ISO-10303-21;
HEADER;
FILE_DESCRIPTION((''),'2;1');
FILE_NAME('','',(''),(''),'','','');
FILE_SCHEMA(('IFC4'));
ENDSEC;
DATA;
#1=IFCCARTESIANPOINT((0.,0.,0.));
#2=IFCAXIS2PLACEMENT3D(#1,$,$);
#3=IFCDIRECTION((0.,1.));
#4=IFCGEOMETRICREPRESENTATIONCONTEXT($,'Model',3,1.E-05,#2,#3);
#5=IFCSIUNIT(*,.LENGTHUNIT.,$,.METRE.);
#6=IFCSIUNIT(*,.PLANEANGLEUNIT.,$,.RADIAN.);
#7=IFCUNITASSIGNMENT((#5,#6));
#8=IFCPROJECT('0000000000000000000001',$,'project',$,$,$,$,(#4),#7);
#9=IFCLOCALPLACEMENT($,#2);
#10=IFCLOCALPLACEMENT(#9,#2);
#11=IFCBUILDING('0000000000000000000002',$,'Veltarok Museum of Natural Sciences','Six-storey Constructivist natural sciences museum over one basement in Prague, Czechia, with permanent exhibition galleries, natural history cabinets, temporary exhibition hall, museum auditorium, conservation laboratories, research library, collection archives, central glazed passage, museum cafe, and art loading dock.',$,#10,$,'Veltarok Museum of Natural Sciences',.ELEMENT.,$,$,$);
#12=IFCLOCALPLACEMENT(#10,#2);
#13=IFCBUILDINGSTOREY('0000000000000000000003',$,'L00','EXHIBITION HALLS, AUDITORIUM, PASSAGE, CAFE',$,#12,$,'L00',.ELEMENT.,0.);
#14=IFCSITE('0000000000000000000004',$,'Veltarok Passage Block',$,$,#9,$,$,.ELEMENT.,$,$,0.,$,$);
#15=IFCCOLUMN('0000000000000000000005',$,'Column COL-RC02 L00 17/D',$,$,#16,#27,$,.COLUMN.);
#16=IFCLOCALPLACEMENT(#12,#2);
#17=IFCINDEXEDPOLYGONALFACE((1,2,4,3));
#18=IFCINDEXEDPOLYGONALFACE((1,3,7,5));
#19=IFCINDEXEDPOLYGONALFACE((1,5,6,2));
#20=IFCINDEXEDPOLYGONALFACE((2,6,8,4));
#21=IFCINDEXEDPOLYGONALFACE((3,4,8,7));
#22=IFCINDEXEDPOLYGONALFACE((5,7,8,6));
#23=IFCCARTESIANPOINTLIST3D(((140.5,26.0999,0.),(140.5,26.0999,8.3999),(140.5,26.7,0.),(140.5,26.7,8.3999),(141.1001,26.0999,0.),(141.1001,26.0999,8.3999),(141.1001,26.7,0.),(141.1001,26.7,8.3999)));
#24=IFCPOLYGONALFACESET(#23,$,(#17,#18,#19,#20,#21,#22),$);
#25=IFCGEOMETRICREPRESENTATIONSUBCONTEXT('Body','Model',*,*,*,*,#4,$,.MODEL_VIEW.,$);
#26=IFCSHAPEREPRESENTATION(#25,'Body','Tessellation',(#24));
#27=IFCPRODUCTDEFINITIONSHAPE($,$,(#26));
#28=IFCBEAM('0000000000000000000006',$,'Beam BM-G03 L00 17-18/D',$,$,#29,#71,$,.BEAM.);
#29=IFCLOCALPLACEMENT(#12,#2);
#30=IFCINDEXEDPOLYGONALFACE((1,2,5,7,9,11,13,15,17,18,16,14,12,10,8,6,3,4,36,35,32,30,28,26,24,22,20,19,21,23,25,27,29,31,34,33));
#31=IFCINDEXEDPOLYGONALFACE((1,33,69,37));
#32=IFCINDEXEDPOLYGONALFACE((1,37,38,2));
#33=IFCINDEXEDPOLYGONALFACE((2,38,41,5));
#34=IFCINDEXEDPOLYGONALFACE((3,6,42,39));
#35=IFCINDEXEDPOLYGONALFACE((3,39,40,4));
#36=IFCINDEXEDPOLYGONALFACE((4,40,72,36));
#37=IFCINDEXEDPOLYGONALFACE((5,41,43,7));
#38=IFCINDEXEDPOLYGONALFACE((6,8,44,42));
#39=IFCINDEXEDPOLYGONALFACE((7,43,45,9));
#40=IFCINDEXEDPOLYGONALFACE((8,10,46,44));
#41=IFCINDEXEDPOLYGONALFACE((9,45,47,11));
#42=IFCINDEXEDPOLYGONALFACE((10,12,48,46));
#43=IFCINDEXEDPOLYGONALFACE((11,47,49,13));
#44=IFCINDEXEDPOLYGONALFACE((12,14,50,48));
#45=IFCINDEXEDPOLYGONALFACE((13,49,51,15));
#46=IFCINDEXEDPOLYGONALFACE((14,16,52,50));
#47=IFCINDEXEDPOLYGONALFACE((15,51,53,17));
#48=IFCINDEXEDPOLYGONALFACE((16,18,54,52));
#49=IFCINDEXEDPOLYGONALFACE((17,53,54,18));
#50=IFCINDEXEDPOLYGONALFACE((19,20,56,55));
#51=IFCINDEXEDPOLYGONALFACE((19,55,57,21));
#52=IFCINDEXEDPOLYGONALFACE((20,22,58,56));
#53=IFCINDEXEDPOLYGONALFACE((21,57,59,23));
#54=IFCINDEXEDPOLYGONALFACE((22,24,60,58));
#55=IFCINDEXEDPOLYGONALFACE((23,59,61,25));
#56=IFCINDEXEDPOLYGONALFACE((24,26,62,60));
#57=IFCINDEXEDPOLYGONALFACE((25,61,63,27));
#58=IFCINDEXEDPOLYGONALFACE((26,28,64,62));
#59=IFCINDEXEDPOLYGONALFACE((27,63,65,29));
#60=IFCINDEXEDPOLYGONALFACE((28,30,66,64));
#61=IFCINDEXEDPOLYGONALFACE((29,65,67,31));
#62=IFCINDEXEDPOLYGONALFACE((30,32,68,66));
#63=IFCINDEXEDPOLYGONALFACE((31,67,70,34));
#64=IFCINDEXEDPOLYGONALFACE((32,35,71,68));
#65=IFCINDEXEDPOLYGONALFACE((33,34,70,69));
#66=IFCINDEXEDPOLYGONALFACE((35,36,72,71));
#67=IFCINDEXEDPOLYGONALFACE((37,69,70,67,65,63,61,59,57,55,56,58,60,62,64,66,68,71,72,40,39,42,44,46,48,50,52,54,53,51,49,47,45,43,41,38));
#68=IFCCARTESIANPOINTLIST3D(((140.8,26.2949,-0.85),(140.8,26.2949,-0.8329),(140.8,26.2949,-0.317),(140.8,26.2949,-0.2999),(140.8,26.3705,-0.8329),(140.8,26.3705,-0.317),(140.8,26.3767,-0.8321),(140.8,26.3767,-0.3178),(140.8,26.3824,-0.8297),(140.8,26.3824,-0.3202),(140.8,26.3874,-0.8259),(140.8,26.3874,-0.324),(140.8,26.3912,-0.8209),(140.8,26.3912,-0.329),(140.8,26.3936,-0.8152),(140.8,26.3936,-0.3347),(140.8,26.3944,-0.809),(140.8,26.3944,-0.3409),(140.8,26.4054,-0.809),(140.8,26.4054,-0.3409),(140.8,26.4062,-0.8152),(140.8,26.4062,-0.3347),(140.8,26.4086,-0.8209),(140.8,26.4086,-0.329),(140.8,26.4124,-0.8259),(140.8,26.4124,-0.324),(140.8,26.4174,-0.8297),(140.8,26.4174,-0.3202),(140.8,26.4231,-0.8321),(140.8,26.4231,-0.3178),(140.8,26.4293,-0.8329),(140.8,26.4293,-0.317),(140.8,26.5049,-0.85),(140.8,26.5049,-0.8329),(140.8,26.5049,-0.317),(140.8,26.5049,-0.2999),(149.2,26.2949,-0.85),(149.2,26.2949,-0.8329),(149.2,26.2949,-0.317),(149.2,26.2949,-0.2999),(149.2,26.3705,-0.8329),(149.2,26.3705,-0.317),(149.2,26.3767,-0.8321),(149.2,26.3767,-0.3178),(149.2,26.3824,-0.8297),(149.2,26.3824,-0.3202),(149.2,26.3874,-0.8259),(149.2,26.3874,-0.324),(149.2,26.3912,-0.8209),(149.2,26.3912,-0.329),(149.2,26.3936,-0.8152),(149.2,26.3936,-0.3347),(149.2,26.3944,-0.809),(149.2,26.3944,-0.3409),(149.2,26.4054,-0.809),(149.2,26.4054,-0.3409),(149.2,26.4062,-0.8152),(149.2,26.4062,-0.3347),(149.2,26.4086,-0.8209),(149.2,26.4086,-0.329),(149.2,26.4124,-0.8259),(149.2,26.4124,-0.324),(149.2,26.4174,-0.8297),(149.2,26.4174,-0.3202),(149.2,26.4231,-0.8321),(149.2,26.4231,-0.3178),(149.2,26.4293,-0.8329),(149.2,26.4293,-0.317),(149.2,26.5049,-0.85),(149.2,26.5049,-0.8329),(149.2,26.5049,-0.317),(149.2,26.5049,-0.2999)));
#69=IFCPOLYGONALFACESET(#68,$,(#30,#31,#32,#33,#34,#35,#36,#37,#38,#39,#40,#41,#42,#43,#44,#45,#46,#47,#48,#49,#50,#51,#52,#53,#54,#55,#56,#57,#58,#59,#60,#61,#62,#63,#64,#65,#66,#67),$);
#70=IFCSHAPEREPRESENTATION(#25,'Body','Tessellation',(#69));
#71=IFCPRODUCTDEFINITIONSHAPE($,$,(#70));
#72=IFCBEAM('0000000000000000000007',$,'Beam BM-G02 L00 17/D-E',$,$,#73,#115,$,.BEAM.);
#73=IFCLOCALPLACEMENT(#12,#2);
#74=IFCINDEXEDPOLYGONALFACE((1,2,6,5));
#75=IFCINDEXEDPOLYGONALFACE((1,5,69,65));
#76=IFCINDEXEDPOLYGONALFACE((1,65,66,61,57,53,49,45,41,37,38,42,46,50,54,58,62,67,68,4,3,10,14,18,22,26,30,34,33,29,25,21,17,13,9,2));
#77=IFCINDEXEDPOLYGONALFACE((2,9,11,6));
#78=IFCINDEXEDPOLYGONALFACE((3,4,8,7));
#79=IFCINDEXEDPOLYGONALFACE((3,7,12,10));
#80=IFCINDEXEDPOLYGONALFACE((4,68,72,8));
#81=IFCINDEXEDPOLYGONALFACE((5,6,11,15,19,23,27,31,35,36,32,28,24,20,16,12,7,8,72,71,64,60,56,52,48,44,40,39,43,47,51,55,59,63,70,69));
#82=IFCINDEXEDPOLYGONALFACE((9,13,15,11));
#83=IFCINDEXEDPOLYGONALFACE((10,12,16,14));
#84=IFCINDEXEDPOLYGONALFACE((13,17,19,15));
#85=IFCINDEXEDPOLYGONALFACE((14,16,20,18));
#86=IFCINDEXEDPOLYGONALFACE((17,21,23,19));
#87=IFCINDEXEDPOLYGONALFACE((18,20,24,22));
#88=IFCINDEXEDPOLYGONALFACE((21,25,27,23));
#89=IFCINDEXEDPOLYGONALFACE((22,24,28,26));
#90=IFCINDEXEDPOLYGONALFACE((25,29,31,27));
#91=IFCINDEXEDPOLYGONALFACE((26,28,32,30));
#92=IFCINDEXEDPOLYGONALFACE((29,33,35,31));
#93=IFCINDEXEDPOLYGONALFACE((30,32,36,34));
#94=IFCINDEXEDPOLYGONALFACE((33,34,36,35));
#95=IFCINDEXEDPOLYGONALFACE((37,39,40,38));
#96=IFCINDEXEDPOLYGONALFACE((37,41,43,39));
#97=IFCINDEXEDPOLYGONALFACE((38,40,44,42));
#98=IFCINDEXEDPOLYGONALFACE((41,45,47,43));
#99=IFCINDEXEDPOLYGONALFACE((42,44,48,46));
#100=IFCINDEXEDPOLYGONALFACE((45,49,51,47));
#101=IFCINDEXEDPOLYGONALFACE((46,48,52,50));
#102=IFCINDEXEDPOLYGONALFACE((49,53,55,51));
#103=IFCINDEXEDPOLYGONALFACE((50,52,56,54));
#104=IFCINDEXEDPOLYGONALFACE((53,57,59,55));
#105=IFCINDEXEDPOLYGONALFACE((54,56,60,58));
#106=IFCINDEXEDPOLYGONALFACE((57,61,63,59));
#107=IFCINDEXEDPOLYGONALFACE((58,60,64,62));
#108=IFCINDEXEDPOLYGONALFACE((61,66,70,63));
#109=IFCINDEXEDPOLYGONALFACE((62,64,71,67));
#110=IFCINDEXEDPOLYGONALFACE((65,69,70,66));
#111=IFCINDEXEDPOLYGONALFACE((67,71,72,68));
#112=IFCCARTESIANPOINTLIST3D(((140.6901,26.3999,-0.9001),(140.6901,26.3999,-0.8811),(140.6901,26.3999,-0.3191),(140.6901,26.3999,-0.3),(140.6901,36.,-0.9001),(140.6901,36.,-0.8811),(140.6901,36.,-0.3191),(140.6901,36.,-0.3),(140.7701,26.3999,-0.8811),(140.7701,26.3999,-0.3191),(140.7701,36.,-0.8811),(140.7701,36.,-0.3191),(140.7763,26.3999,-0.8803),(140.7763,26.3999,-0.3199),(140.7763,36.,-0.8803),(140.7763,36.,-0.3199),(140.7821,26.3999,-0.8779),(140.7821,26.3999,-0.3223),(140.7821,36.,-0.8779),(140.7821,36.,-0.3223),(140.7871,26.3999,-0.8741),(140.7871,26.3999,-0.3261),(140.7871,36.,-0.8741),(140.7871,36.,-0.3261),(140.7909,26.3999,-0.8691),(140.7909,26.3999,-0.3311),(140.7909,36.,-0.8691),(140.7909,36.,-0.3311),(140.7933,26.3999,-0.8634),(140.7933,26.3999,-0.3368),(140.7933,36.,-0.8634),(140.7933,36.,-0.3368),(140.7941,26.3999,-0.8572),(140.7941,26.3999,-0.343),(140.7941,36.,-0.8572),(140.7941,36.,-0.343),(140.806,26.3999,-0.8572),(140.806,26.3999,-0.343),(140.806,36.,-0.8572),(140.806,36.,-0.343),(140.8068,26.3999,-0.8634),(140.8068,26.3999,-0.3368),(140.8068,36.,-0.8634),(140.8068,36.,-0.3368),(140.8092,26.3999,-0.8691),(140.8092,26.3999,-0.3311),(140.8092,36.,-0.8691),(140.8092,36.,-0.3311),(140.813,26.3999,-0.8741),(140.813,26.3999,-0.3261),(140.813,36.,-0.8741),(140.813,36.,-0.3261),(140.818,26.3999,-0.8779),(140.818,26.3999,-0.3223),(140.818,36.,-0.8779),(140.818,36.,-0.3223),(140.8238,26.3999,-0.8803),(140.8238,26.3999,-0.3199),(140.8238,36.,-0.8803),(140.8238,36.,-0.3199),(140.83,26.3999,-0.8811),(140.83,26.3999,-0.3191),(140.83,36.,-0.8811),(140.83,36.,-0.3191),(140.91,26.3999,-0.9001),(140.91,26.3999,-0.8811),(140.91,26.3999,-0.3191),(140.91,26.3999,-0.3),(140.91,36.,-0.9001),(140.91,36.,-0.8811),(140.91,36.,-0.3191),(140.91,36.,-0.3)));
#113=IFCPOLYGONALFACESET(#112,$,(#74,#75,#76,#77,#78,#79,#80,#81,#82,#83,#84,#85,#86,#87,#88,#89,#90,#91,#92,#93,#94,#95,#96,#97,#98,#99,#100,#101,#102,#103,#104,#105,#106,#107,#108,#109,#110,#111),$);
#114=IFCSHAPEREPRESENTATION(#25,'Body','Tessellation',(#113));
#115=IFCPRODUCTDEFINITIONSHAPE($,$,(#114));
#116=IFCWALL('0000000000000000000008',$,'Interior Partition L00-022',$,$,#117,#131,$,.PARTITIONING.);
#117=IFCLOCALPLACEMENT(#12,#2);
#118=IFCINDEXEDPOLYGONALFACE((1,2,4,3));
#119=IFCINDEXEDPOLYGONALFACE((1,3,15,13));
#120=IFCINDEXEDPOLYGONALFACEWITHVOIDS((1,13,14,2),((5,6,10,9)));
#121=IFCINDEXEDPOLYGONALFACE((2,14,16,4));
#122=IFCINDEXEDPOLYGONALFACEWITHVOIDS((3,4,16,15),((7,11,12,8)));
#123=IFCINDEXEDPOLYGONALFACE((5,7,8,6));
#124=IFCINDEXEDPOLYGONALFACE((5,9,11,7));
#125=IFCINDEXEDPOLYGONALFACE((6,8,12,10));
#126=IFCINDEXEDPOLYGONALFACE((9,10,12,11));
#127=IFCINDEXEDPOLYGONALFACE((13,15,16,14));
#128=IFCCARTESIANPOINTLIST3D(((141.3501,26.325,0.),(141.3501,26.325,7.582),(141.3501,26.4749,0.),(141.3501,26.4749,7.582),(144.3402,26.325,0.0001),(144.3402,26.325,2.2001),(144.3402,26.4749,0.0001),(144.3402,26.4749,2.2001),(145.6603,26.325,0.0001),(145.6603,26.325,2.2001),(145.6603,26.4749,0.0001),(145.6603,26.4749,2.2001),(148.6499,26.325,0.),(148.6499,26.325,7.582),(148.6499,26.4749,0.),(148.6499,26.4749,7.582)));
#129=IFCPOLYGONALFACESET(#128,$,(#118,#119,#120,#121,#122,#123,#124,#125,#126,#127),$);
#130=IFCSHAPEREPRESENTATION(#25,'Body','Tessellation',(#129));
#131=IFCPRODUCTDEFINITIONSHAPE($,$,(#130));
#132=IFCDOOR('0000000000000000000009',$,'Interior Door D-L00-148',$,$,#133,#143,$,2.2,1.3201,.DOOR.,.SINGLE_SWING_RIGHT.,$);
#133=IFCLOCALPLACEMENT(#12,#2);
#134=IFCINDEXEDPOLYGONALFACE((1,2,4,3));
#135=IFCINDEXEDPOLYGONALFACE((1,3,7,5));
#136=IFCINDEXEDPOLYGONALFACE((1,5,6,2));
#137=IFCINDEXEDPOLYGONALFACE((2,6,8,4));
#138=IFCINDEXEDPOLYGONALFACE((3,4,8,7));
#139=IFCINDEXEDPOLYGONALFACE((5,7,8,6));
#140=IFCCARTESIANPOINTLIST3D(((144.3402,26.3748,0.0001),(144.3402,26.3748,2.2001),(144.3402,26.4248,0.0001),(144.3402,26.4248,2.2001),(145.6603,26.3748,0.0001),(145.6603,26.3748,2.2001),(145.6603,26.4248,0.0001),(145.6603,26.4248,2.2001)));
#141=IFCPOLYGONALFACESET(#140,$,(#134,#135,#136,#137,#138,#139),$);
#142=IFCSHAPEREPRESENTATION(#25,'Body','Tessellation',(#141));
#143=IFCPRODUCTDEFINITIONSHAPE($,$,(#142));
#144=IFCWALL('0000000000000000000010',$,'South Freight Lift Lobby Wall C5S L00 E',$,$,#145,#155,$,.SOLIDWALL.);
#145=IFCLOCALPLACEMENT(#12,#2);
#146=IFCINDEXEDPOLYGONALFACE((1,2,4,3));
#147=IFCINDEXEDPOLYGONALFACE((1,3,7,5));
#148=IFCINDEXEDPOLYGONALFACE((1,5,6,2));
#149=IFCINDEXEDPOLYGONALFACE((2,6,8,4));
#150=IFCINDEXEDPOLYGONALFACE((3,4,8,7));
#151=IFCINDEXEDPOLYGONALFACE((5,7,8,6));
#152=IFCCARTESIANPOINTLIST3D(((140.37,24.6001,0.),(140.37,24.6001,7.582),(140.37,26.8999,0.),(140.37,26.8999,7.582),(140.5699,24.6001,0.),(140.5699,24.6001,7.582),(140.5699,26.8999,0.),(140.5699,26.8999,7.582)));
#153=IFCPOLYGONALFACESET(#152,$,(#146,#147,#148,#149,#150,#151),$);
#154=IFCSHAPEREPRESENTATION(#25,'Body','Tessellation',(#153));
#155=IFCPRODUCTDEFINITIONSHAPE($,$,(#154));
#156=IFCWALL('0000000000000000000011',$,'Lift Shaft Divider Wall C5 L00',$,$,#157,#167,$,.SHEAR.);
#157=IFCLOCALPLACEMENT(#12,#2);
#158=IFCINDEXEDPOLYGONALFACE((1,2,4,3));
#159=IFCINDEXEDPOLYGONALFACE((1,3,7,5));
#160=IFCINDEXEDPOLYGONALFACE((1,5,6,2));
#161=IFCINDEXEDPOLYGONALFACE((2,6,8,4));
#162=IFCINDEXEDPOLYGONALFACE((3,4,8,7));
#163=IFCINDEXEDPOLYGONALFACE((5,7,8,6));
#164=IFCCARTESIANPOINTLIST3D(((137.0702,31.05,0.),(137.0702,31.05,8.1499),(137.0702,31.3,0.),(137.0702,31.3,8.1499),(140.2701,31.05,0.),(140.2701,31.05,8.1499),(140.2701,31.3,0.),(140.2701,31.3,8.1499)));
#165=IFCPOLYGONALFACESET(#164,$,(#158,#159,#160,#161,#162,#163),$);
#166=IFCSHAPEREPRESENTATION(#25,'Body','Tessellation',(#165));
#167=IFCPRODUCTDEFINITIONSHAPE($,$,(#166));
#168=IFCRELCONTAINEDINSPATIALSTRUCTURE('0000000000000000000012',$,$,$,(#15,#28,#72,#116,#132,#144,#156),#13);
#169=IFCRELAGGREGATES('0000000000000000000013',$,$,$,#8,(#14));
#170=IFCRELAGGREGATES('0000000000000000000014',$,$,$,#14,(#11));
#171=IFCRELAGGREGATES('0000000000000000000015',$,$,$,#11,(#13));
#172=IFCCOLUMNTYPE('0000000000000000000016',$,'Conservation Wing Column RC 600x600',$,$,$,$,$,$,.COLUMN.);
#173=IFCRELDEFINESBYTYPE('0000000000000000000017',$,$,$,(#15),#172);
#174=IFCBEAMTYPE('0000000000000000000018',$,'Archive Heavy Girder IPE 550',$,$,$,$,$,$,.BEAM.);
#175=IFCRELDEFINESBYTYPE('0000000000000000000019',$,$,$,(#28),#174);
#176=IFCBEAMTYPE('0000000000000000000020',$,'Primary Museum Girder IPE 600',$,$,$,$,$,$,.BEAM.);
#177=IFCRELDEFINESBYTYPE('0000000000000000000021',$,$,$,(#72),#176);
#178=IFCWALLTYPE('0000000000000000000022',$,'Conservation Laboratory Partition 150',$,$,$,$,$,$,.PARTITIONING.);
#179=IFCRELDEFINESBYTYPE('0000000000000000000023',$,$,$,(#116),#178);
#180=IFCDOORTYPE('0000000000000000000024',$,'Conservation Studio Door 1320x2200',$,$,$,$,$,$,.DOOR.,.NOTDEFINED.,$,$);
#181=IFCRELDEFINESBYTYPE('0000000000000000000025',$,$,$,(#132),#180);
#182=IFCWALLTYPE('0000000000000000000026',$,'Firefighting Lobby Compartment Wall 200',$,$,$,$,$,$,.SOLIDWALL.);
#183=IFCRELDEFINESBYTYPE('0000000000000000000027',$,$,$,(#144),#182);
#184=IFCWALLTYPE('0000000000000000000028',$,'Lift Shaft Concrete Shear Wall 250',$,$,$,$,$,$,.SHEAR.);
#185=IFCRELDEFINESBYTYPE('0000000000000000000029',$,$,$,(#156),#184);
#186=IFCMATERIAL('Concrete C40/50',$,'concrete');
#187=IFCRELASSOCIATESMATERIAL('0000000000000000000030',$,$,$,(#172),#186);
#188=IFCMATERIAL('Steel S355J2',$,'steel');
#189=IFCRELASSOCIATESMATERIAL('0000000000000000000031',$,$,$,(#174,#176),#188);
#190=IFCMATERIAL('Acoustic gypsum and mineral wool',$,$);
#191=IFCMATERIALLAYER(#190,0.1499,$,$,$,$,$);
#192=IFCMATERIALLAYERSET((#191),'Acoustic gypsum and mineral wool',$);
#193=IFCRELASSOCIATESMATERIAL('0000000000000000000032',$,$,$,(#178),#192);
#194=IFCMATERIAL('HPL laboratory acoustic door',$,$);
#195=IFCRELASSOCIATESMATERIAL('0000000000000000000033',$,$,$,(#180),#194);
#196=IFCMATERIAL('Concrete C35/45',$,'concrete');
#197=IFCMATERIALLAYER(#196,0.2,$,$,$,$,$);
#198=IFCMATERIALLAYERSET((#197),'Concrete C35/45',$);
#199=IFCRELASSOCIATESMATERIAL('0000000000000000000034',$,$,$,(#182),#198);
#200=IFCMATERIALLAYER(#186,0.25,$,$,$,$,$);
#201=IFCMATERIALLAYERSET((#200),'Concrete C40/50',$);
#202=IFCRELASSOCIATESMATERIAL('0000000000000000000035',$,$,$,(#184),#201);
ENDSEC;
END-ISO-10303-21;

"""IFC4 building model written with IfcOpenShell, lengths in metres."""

from ifc_helpers import new_model, si_unit, direction, frame, frame_2d, origin, origin_2d, place, context, subcontext, project, spatial, rectangle, i_section, extrude, material, layer, layer_set, material_profile, profile_set, type_object, element, fill, save


model = new_model("IFC4")

# Units and contexts
model_context = context("Model", 3, precision=1e-05, world=origin(), true_north=direction((0.0, 1.0)))
body_context = subcontext(model_context, "Body", "Model", "MODEL_VIEW")
ifc_project = project(units=[si_unit("LENGTHUNIT", "METRE"), si_unit("PLANEANGLEUNIT", "RADIAN")], contexts=[model_context])

# Site, building, storey
site_placement = place(None, origin())
site = spatial("IfcSite", under=ifc_project, at=site_placement, Name="Veltarok Passage Block", CompositionType="ELEMENT", RefElevation=0.0)
building_placement = place(site_placement, origin())
building = spatial("IfcBuilding", under=site, at=building_placement, Name="Veltarok Museum of Natural Sciences", Description="Six-storey Constructivist natural sciences museum over one basement in Prague, Czechia, with permanent exhibition galleries, natural history cabinets, temporary exhibition hall, museum auditorium, conservation laboratories, research library, collection archives, central glazed passage, museum cafe, and art loading dock.", LongName="Veltarok Museum of Natural Sciences", CompositionType="ELEMENT")
storey_placement = place(building_placement, origin())
storey = spatial("IfcBuildingStorey", under=building, at=storey_placement, Name="L00", Description="EXHIBITION HALLS, AUDITORIUM, PASSAGE, CAFE", LongName="L00", CompositionType="ELEMENT", Elevation=0.0)

# Column
ifc_material_1 = material(Name="Concrete C40/50", Category="concrete")
ifc_material_profile_1 = material_profile(ifc_material_1, rectangle(XDim=0.6001, YDim=0.6001, at=origin_2d()), Name="RC 600x600")
ifc_profile_set_1 = profile_set([ifc_material_profile_1], Name="Concrete C40/50")
column_type = type_object("IfcColumnType", Name="Conservation Wing Column RC 600x600", PredefinedType="COLUMN", material=ifc_profile_set_1)
column_placement = place(storey_placement, frame((140.8, 26.3999, 0.0), z_axis=(0.0, 0.0, 1.0), x_axis=(1.0, 0.0, 0.0)))
element("IfcColumn", 1, at=column_placement, inside=storey, type_object=column_type, Name="Column COL-RC02 L00 17/D", PredefinedType="COLUMN", context=body_context, shape_type="SweptSolid", body=[
    extrude(rectangle(XDim=0.6001, YDim=0.6001, at=origin_2d()), origin(), (0.0, 0.0, 1.0), 8.3999),
])

# Beams
ifc_material_2 = material(Name="Steel S355J2", Category="steel")
ifc_material_profile_2 = material_profile(ifc_material_2, i_section(OverallWidth=0.21, OverallDepth=0.55, WebThickness=0.011, FlangeThickness=0.0171, FilletRadius=0.0239, at=origin_2d()), Name="IPE 550")
ifc_profile_set_2 = profile_set([ifc_material_profile_2], Name="Steel S355J2")
beam_type_1 = type_object("IfcBeamType", Name="Archive Heavy Girder IPE 550", PredefinedType="BEAM", material=ifc_profile_set_2)
beam_1_placement = place(storey_placement, frame((140.8, 26.3999, -0.575), z_axis=(1.0, 0.0, 0.0), x_axis=(0.0, 1.0, 0.0)))
element("IfcBeam", 2, at=beam_1_placement, inside=storey, type_object=beam_type_1, Name="Beam BM-G03 L00 17-18/D", PredefinedType="BEAM", context=body_context, shape_type="SweptSolid", body=[
    extrude(i_section(OverallWidth=0.21, OverallDepth=0.55, WebThickness=0.011, FlangeThickness=0.0171, FilletRadius=0.0239, at=origin_2d()), origin(), (0.0, 0.0, 1.0), 8.3999),
])
ifc_material_profile_3 = material_profile(ifc_material_2, i_section(OverallWidth=0.22, OverallDepth=0.6001, WebThickness=0.012, FlangeThickness=0.019, FilletRadius=0.0239, at=origin_2d()), Name="IPE 600")
ifc_profile_set_3 = profile_set([ifc_material_profile_3], Name="Steel S355J2")
beam_type_2 = type_object("IfcBeamType", Name="Primary Museum Girder IPE 600", PredefinedType="BEAM", material=ifc_profile_set_3)
beam_2_placement = place(storey_placement, frame((140.8, 26.3999, -0.6001), z_axis=(0.0, 1.0, 0.0), x_axis=(-1.0, 0.0, 0.0)))
element("IfcBeam", 3, at=beam_2_placement, inside=storey, type_object=beam_type_2, Name="Beam BM-G02 L00 17/D-E", PredefinedType="BEAM", context=body_context, shape_type="SweptSolid", body=[
    extrude(i_section(OverallWidth=0.22, OverallDepth=0.6001, WebThickness=0.012, FlangeThickness=0.019, FilletRadius=0.0239, at=origin_2d()), origin(), (0.0, 0.0, 1.0), 9.6001),
])

# Wall, opening, door
ifc_material_3 = material(Name="Acoustic gypsum and mineral wool")
ifc_layer_1 = layer(ifc_material_3, 0.1499)
ifc_layer_set_1 = layer_set([ifc_layer_1], Name="Acoustic gypsum and mineral wool")
wall_type_1 = type_object("IfcWallType", Name="Conservation Laboratory Partition 150", PredefinedType="PARTITIONING", material=ifc_layer_set_1)
wall_1_placement = place(storey_placement, frame((141.3501, 26.3999, 0.0), z_axis=(0.0, 0.0, 1.0), x_axis=(1.0, 0.0, 0.0)))
wall_1 = element("IfcWall", 4, at=wall_1_placement, inside=storey, type_object=wall_type_1, Name="Interior Partition L00-022", PredefinedType="PARTITIONING", context=body_context, shape_type="SweptSolid", body=[
    extrude(rectangle(XDim=7.2998, YDim=0.1499, at=frame_2d((3.6499, 0.0))), origin(), (0.0, 0.0, 1.0), 7.582),
])
opening_1_placement = place(wall_1_placement, frame((2.99, 0.0, 0.0)))
opening_1 = element("IfcOpeningElement", 5, at=opening_1_placement, cuts=wall_1, PredefinedType="OPENING", context=body_context, shape_type="SweptSolid", body=[
    extrude(rectangle(XDim=1.3201, YDim=2.2, at=frame_2d((0.6602, 1.1001))), frame((0.0, 0.085, 0.0), z_axis=(0.0, -1.0, 0.0), x_axis=(1.0, 0.0, 0.0)), (0.0, 0.0, 1.0), 0.1699),
])
ifc_material_4 = material(Name="HPL laboratory acoustic door")
door_type_1 = type_object("IfcDoorType", Name="Conservation Studio Door 1320x2200", OperationType="NOTDEFINED", PredefinedType="DOOR", material=ifc_material_4)
door_1_placement = place(opening_1_placement, origin())
door_1 = element("IfcDoor", 6, at=door_1_placement, inside=storey, type_object=door_type_1, Name="Interior Door D-L00-148", OperationType="SINGLE_SWING_RIGHT", OverallHeight=2.2, OverallWidth=1.3201, PredefinedType="DOOR", context=body_context, shape_type="SweptSolid", body=[
    extrude(rectangle(XDim=1.3201, YDim=2.2, at=frame_2d((0.6602, 1.1001))), frame((0.0, 0.0249, 0.0), z_axis=(0.0, -1.0, 0.0), x_axis=(1.0, 0.0, 0.0)), (0.0, 0.0, 1.0), 0.05),
])
fill(opening_1, door_1)

# Walls
ifc_material_5 = material(Name="Concrete C35/45", Category="concrete")
ifc_layer_2 = layer(ifc_material_5, 0.2)
ifc_layer_set_2 = layer_set([ifc_layer_2], Name="Concrete C35/45")
wall_type_2 = type_object("IfcWallType", Name="Firefighting Lobby Compartment Wall 200", PredefinedType="SOLIDWALL", material=ifc_layer_set_2)
wall_2_placement = place(storey_placement, frame((140.47, 26.8999, 0.0), z_axis=(0.0, 0.0, 1.0), x_axis=(0.0, -1.0, 0.0)))
element("IfcWall", 7, at=wall_2_placement, inside=storey, type_object=wall_type_2, Name="South Freight Lift Lobby Wall C5S L00 E", PredefinedType="SOLIDWALL", context=body_context, shape_type="SweptSolid", body=[
    extrude(rectangle(XDim=2.2998, YDim=0.2, at=frame_2d((1.1499, 0.0))), origin(), (0.0, 0.0, 1.0), 7.582),
])
ifc_layer_3 = layer(ifc_material_1, 0.25)
ifc_layer_set_3 = layer_set([ifc_layer_3], Name="Concrete C40/50")
wall_type_3 = type_object("IfcWallType", Name="Lift Shaft Concrete Shear Wall 250", PredefinedType="SHEAR", material=ifc_layer_set_3)
wall_3_placement = place(storey_placement, frame((137.0701, 31.175, 0.0), z_axis=(0.0, 0.0, 1.0), x_axis=(1.0, 0.0, 0.0)))
element("IfcWall", 8, at=wall_3_placement, inside=storey, type_object=wall_type_3, Name="Lift Shaft Divider Wall C5 L00", PredefinedType="SHEAR", context=body_context, shape_type="SweptSolid", body=[
    extrude(rectangle(XDim=3.2, YDim=0.25, at=frame_2d((1.6001, 0.0))), origin(), (0.0, 0.0, 1.0), 8.1499),
])

save(model, "model.ifc")
